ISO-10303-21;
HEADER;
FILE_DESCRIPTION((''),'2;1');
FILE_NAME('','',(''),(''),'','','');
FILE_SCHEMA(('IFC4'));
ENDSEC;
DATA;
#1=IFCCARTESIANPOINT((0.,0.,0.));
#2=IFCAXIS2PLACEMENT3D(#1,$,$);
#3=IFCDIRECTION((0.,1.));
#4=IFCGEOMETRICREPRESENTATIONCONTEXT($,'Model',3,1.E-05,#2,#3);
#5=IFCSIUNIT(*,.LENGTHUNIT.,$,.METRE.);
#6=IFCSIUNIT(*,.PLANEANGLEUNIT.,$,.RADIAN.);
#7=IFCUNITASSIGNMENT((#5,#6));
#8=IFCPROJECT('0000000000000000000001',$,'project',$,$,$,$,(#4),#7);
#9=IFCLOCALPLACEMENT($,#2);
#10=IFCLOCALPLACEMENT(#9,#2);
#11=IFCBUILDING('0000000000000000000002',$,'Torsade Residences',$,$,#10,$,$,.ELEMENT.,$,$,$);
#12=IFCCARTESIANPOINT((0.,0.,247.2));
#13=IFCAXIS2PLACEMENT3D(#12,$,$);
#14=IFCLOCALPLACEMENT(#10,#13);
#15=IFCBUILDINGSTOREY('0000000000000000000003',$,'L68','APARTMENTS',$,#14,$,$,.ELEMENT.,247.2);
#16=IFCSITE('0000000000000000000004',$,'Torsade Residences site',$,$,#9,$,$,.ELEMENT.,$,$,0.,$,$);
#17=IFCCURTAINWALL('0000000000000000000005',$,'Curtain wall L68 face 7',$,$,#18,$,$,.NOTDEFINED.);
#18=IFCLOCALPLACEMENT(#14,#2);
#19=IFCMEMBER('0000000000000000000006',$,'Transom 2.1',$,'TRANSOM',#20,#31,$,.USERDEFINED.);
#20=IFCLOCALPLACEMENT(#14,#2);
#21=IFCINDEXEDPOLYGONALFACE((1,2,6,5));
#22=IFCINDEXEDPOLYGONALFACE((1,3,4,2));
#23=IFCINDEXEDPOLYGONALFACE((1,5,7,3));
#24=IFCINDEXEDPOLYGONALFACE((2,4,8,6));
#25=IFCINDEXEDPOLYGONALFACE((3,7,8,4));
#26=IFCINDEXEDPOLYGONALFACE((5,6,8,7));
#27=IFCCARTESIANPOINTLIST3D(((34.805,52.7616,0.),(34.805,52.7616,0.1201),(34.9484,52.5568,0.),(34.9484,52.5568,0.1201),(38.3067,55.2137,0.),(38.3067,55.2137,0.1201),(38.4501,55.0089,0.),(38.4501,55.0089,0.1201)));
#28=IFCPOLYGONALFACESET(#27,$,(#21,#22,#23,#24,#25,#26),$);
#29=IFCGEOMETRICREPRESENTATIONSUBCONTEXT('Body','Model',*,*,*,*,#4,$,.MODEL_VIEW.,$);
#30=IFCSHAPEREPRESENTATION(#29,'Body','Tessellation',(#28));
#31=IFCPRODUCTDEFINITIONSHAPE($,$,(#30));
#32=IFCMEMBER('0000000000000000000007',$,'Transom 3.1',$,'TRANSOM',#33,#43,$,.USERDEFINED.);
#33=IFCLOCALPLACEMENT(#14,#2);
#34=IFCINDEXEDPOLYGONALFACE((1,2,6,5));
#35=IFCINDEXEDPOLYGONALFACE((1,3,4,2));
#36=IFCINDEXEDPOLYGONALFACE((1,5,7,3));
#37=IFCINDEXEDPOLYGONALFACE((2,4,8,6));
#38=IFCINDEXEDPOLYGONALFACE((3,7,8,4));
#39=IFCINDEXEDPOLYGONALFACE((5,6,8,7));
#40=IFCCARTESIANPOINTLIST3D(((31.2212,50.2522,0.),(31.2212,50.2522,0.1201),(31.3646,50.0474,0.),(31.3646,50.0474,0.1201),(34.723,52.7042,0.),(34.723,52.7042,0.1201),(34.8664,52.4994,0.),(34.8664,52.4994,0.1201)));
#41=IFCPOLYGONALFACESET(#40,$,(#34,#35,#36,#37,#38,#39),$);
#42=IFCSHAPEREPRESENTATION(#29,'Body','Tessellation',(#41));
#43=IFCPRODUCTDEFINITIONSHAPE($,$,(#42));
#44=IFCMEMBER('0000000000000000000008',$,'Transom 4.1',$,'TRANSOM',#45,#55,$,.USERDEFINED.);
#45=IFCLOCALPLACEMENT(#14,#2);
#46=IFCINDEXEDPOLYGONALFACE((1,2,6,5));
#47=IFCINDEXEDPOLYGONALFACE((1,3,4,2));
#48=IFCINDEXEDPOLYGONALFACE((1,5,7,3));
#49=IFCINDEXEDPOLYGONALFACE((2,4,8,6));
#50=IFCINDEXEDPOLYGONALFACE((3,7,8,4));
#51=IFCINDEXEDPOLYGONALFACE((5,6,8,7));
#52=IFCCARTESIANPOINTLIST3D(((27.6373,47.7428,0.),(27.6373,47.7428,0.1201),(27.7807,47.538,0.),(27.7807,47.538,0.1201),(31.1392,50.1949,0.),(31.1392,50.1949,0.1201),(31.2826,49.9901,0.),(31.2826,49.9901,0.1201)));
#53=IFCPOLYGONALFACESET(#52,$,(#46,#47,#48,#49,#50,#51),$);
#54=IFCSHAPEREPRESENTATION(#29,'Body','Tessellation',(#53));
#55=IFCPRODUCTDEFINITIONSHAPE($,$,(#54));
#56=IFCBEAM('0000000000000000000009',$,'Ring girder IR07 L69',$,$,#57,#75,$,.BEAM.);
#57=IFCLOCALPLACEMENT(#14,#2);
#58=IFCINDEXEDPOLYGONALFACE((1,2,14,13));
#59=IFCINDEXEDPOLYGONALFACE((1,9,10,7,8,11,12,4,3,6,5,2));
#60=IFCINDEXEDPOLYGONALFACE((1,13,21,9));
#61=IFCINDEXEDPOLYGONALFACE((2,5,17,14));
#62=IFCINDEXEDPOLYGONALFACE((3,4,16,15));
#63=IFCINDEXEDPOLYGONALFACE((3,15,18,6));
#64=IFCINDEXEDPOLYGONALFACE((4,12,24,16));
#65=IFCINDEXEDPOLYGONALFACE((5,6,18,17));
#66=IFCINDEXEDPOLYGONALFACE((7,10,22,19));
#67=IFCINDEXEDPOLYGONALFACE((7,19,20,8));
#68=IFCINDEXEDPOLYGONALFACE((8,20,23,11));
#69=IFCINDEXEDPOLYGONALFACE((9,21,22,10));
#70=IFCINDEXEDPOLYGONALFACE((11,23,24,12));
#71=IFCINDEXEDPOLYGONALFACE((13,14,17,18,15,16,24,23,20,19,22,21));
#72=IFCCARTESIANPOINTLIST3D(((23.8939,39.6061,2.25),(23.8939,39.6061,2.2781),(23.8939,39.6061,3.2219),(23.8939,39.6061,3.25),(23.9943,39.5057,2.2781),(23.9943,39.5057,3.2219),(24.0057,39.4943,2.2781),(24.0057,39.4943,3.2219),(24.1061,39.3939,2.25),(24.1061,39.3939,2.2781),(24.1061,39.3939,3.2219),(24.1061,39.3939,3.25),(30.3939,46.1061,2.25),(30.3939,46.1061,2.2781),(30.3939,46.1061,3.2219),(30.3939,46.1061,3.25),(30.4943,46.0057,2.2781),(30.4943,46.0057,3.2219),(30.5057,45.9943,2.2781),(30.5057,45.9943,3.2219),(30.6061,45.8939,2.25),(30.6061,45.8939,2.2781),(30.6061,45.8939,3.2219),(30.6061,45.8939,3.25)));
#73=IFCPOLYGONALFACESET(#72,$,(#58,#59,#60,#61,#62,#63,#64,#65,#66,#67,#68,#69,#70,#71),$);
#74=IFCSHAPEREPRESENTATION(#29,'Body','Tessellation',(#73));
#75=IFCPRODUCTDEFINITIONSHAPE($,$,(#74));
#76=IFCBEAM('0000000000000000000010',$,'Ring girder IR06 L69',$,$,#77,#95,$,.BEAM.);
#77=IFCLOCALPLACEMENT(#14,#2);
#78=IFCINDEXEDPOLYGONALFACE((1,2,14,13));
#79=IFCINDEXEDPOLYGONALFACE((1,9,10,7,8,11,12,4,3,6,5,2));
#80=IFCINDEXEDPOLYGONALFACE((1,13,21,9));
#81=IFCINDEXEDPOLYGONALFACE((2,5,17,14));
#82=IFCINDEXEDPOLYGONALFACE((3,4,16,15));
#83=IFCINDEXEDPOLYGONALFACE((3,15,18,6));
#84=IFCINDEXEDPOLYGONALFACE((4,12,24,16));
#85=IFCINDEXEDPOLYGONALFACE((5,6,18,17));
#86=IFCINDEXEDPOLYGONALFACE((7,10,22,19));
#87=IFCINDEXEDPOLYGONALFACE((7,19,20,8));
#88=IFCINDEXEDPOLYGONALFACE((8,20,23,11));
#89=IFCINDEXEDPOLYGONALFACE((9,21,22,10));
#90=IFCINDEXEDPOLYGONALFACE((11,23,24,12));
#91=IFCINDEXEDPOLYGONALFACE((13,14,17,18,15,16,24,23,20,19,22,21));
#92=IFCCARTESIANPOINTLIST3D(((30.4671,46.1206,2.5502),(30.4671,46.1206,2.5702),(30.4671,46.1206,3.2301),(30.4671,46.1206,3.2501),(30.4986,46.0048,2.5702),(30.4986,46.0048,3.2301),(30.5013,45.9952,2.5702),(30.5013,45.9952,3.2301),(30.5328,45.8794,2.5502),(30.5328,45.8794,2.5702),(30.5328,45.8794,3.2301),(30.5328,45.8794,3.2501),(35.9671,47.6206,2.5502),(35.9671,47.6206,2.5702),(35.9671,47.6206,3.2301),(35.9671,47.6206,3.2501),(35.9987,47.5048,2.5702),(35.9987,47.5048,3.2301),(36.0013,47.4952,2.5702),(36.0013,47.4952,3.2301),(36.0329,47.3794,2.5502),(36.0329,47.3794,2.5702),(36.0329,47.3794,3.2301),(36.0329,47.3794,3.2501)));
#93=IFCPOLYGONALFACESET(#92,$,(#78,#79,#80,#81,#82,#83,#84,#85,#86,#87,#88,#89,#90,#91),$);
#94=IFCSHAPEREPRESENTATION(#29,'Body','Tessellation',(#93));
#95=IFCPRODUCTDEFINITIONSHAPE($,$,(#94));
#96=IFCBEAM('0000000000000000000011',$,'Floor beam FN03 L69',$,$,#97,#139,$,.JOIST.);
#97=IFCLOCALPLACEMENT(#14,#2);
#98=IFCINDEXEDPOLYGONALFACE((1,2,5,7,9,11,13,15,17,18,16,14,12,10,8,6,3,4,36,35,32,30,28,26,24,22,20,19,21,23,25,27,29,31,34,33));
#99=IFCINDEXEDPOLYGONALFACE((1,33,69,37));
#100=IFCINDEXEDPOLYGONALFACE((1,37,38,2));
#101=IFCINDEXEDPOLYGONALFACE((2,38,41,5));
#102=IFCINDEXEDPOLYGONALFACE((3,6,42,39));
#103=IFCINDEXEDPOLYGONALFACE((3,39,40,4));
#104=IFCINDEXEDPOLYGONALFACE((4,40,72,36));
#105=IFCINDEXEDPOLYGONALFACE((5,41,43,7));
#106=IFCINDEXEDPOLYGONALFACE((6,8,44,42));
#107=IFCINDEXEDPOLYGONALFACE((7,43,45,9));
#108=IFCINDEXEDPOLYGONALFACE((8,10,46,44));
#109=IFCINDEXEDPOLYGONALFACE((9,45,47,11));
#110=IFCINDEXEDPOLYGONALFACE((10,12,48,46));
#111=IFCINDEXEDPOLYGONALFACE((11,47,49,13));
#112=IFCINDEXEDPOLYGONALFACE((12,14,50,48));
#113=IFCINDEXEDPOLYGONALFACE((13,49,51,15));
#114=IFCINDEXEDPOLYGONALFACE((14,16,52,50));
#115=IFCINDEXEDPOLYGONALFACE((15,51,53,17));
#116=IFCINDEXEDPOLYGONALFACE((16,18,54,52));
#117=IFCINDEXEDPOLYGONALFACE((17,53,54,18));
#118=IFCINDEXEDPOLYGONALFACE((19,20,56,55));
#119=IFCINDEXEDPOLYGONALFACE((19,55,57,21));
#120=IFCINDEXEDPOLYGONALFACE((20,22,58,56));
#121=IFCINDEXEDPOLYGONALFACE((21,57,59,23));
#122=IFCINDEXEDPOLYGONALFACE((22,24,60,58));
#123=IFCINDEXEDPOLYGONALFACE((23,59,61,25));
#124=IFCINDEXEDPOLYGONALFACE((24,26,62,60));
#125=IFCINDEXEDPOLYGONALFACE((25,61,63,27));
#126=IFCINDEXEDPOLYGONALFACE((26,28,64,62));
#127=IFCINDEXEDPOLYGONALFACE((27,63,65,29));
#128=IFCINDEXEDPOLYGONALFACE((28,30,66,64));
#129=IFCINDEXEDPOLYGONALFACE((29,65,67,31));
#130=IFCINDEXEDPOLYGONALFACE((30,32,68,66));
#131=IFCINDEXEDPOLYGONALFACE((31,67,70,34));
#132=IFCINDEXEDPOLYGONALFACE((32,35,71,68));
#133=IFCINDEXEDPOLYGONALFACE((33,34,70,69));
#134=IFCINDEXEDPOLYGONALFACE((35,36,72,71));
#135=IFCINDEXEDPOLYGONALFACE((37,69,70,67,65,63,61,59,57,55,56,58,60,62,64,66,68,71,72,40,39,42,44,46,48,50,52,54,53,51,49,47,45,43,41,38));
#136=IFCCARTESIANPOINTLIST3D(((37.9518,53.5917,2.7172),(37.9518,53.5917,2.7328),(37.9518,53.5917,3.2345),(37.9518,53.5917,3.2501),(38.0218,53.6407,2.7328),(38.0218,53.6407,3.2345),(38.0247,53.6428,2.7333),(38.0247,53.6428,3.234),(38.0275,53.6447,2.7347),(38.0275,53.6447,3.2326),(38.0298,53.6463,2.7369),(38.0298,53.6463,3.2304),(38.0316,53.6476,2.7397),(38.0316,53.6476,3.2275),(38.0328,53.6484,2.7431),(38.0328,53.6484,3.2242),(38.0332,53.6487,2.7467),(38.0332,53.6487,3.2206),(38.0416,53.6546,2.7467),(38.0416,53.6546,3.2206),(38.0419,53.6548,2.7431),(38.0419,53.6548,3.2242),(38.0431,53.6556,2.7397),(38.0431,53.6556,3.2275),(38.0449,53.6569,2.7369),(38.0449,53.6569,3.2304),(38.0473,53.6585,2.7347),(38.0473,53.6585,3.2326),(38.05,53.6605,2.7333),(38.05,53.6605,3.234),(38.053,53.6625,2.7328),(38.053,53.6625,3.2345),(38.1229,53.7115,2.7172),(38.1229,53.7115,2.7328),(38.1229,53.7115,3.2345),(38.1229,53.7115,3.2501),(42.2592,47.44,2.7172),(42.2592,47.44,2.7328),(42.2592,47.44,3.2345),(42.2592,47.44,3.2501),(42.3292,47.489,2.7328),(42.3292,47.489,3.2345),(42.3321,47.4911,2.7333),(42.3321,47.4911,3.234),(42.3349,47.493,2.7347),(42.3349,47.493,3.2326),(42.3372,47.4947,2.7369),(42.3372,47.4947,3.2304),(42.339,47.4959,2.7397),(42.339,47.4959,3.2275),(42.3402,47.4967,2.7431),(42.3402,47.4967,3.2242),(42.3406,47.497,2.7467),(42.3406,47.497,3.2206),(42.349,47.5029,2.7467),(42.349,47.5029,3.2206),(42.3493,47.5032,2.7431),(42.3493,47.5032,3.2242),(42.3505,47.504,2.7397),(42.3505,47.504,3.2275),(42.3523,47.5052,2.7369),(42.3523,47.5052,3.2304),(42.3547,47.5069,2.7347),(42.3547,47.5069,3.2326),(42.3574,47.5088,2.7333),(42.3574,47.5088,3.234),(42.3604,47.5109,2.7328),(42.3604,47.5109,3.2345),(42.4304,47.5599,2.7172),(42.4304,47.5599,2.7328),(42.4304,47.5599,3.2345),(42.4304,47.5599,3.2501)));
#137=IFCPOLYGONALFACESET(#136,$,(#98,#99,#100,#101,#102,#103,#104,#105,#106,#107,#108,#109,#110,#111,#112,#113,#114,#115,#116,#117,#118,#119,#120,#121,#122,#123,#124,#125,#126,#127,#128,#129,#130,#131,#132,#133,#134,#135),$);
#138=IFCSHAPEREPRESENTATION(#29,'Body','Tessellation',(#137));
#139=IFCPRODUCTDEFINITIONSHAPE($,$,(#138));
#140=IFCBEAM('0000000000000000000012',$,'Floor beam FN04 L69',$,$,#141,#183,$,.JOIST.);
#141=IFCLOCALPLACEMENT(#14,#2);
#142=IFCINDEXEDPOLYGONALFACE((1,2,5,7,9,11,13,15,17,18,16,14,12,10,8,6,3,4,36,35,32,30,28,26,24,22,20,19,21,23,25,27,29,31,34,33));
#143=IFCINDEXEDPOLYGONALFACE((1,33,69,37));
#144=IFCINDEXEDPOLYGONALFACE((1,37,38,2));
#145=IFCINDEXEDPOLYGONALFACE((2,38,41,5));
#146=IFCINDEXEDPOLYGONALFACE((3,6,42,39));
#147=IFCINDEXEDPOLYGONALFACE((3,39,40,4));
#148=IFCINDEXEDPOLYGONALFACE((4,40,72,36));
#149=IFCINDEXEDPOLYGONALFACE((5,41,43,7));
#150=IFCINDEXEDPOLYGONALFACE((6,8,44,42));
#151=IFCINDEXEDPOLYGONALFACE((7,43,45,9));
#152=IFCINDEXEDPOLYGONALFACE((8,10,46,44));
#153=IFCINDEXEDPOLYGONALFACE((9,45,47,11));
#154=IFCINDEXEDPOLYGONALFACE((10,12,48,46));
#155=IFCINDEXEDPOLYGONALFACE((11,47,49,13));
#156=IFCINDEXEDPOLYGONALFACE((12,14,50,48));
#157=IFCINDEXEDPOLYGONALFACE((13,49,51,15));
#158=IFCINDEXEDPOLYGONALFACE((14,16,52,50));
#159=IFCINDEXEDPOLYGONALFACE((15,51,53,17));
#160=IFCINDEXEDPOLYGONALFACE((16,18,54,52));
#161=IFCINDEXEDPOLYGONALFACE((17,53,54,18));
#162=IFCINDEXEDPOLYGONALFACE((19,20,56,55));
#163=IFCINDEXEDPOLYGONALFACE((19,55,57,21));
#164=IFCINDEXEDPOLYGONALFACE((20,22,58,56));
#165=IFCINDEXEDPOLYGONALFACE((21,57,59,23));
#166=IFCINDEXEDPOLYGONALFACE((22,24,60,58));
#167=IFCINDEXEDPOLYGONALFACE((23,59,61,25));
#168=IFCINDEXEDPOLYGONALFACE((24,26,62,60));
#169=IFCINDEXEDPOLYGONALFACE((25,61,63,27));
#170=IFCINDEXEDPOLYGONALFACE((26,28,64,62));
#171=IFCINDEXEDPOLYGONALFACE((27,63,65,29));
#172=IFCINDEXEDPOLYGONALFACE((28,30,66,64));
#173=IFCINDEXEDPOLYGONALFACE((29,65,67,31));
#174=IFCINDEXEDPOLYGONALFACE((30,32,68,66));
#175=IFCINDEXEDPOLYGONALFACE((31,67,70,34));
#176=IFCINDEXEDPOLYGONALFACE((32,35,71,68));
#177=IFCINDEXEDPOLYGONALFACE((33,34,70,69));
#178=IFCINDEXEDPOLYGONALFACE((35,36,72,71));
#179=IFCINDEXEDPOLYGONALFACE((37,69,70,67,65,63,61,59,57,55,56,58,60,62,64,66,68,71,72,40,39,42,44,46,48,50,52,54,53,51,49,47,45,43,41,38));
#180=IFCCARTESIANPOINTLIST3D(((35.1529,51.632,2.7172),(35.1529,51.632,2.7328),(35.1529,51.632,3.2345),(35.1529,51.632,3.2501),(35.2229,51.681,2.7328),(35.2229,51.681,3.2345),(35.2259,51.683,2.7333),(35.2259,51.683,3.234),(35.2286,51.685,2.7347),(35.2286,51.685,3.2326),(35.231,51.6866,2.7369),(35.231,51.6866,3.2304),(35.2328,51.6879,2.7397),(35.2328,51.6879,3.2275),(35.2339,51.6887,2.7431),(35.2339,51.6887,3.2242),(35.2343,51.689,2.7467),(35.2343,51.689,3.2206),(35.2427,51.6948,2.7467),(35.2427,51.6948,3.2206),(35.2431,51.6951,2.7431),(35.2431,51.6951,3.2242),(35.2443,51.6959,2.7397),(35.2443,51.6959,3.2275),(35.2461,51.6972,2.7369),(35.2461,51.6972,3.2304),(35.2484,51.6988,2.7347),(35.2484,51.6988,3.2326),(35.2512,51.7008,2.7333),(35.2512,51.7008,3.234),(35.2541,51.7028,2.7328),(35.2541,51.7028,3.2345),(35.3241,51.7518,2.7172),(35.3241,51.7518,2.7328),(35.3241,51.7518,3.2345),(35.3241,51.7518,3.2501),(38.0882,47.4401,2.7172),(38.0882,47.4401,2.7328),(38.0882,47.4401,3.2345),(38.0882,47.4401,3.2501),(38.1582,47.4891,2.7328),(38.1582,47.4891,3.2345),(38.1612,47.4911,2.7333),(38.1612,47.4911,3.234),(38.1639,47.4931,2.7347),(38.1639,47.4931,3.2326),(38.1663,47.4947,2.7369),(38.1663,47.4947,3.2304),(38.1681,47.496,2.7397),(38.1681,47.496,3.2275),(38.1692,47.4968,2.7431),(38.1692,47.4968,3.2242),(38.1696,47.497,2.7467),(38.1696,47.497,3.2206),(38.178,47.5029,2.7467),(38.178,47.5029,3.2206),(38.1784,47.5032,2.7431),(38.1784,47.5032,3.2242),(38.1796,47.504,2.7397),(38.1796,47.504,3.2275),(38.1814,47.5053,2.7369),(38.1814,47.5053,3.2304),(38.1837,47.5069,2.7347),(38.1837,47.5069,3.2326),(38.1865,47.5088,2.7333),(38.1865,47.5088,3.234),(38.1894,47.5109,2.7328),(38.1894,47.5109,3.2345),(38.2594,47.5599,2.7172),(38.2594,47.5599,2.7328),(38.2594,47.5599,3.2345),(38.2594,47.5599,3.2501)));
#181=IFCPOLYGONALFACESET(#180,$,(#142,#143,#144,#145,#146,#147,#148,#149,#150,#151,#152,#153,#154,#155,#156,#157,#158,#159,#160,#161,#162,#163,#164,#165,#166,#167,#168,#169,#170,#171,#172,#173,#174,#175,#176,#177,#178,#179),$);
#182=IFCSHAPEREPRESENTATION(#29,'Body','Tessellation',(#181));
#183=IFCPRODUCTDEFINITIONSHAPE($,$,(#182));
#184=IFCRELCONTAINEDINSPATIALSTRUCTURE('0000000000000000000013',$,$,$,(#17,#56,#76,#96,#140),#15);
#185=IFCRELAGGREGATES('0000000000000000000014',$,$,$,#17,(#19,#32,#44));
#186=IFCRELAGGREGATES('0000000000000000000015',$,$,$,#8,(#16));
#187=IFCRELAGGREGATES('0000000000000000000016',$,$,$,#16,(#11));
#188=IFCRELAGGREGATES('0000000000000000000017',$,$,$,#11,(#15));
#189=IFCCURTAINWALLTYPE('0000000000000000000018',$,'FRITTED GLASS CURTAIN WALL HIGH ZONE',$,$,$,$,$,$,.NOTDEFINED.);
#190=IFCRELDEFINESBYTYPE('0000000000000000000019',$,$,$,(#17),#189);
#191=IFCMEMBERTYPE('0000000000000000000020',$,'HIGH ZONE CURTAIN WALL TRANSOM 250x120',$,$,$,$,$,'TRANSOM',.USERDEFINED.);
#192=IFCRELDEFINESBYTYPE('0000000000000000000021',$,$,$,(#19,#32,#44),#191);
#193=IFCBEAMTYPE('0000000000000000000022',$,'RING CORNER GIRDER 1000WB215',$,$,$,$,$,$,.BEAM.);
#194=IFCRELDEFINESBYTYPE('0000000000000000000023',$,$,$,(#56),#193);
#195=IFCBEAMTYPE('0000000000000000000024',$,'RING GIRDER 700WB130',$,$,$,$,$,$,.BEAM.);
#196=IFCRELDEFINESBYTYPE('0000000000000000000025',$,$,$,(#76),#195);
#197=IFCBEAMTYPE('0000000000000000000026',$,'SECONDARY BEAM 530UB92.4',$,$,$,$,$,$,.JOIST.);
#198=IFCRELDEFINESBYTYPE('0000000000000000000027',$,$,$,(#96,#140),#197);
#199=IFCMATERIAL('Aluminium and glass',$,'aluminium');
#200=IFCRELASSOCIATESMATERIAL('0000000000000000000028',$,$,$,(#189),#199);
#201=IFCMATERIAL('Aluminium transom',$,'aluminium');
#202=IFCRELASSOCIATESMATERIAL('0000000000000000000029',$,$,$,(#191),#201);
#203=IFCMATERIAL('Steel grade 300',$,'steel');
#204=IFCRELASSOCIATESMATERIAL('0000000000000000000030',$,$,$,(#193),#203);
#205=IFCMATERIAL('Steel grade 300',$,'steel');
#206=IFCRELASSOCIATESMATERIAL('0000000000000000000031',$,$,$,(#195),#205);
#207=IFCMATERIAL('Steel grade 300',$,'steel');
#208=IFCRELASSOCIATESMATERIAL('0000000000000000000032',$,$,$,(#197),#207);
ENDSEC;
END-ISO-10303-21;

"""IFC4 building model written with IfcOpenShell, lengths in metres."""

from ifc_helpers import new_model, si_unit, direction, frame, origin, origin_2d, place, context, subcontext, project, spatial, rectangle, i_section, extrude, material, material_profile, profile_set, type_object, element, aggregate, save


model = new_model("IFC4")

# Units and contexts
model_context = context("Model", 3, precision=1e-05, world=origin(), true_north=direction((0.0, 1.0)))
body_context = subcontext(model_context, "Body", "Model", "MODEL_VIEW")
ifc_project = project(units=[si_unit("LENGTHUNIT", "METRE"), si_unit("PLANEANGLEUNIT", "RADIAN")], contexts=[model_context])

# Site, building, storey
site_placement = place(None, origin())
site = spatial("IfcSite", under=ifc_project, at=site_placement, Name="Torsade Residences site", CompositionType="ELEMENT", RefElevation=0.0)
building_placement = place(site_placement, origin())
building = spatial("IfcBuilding", under=site, at=building_placement, Name="Torsade Residences", CompositionType="ELEMENT")
storey_placement = place(building_placement, frame((0.0, 0.0, 247.2)))
storey = spatial("IfcBuildingStorey", under=building, at=storey_placement, Name="L68", Description="APARTMENTS", CompositionType="ELEMENT", Elevation=247.2)

# Curtain wall, members
ifc_material_1 = material(Name="Aluminium and glass", Category="aluminium")
curtain_wall_type = type_object("IfcCurtainWallType", Name="FRITTED GLASS CURTAIN WALL HIGH ZONE", PredefinedType="NOTDEFINED", material=ifc_material_1)
curtain_wall_placement = place(storey_placement, origin())
curtain_wall = element("IfcCurtainWall", 1, at=curtain_wall_placement, inside=storey, type_object=curtain_wall_type, Name="Curtain wall L68 face 7", PredefinedType="NOTDEFINED")
ifc_material_2 = material(Name="Aluminium transom", Category="aluminium")
ifc_material_profile_1 = material_profile(ifc_material_2, rectangle(XDim=0.25, YDim=0.1201, at=origin_2d()), Name="HIGH ZONE CURTAIN WALL TRANSOM 250x120")
ifc_profile_set_1 = profile_set([ifc_material_profile_1], Name="Aluminium transom")
member_type_1 = type_object("IfcMemberType", Name="HIGH ZONE CURTAIN WALL TRANSOM 250x120", ElementType="TRANSOM", PredefinedType="USERDEFINED", material=ifc_profile_set_1)
member_1_placement = place(storey_placement, frame((38.3784, 55.1113, 0.0601), z_axis=(-0.819127, -0.573612, 0.0), x_axis=(0.573612, -0.819127, 0.0)))
member_1 = element("IfcMember", 2, at=member_1_placement, type_object=member_type_1, Name="Transom 2.1", ObjectType="TRANSOM", PredefinedType="USERDEFINED", context=body_context, shape_type="SweptSolid", body=[
    extrude(rectangle(XDim=0.25, YDim=0.1201, at=origin_2d()), origin(), (0.0, 0.0, 1.0), 4.2749),
])
member_2_placement = place(storey_placement, frame((34.7947, 52.6018, 0.0601), z_axis=(-0.819154, -0.573573, 0.0), x_axis=(0.573573, -0.819154, 0.0)))
member_2 = element("IfcMember", 3, at=member_2_placement, type_object=member_type_1, Name="Transom 3.1", ObjectType="TRANSOM", PredefinedType="USERDEFINED", context=body_context, shape_type="SweptSolid", body=[
    extrude(rectangle(XDim=0.25, YDim=0.1201, at=origin_2d()), origin(), (0.0, 0.0, 1.0), 4.2749),
])
member_3_placement = place(storey_placement, frame((31.2109, 50.0925, 0.0601), z_axis=(-0.819146, -0.573585, 0.0), x_axis=(0.573585, -0.819146, 0.0)))
member_3 = element("IfcMember", 4, at=member_3_placement, type_object=member_type_1, Name="Transom 4.1", ObjectType="TRANSOM", PredefinedType="USERDEFINED", context=body_context, shape_type="SweptSolid", body=[
    extrude(rectangle(XDim=0.25, YDim=0.1201, at=origin_2d()), origin(), (0.0, 0.0, 1.0), 4.2751),
])

# Beams
ifc_material_3 = material(Name="Steel grade 300", Category="steel")
ifc_material_profile_2 = material_profile(ifc_material_3, i_section(OverallWidth=0.3, OverallDepth=1.0, WebThickness=0.0161, FlangeThickness=0.0281, at=origin_2d()), Name="1000WB215")
ifc_profile_set_2 = profile_set([ifc_material_profile_2], Name="Steel grade 300")
beam_type_1 = type_object("IfcBeamType", Name="RING CORNER GIRDER 1000WB215", PredefinedType="BEAM", material=ifc_profile_set_2)
beam_1_placement = place(storey_placement, frame((30.5, 46.0, 2.75), z_axis=(-0.707107, -0.707107, 0.0), x_axis=(0.707107, -0.707107, 0.0)))
element("IfcBeam", 5, at=beam_1_placement, inside=storey, type_object=beam_type_1, Name="Ring girder IR07 L69", PredefinedType="BEAM", context=body_context, shape_type="SweptSolid", body=[
    extrude(i_section(OverallWidth=0.3, OverallDepth=1.0, WebThickness=0.0161, FlangeThickness=0.0281, at=origin_2d()), origin(), (0.0, 0.0, 1.0), 9.1924),
])
ifc_material_4 = material(Name="Steel grade 300", Category="steel")
ifc_material_profile_3 = material_profile(ifc_material_4, i_section(OverallWidth=0.25, OverallDepth=0.7, WebThickness=0.01, FlangeThickness=0.02, at=origin_2d()), Name="700WB130")
ifc_profile_set_3 = profile_set([ifc_material_profile_3], Name="Steel grade 300")
beam_type_2 = type_object("IfcBeamType", Name="RING GIRDER 700WB130", PredefinedType="BEAM", material=ifc_profile_set_3)
beam_2_placement = place(storey_placement, frame((36.0, 47.5, 2.9001), z_axis=(-0.964764, -0.263117, 0.0), x_axis=(0.263117, -0.964764, 0.0)))
element("IfcBeam", 6, at=beam_2_placement, inside=storey, type_object=beam_type_2, Name="Ring girder IR06 L69", PredefinedType="BEAM", context=body_context, shape_type="SweptSolid", body=[
    extrude(i_section(OverallWidth=0.25, OverallDepth=0.7, WebThickness=0.01, FlangeThickness=0.02, at=origin_2d()), origin(), (0.0, 0.0, 1.0), 5.7009),
])
ifc_material_5 = material(Name="Steel grade 300", Category="steel")
ifc_material_profile_4 = material_profile(ifc_material_5, i_section(OverallWidth=0.209, OverallDepth=0.533, WebThickness=0.0103, FlangeThickness=0.0156, FilletRadius=0.0139, at=origin_2d()), Name="530UB92.4")
ifc_profile_set_4 = profile_set([ifc_material_profile_4], Name="Steel grade 300")
beam_type_3 = type_object("IfcBeamType", Name="SECONDARY BEAM 530UB92.4", PredefinedType="JOIST", material=ifc_profile_set_4)
beam_3_placement = place(storey_placement, frame((38.0374, 53.6516, 2.9836), z_axis=(0.573574, -0.819154, 0.0), x_axis=(0.819154, 0.573574, 0.0)))
element("IfcBeam", 7, at=beam_3_placement, inside=storey, type_object=beam_type_3, Name="Floor beam FN03 L69", PredefinedType="JOIST", context=body_context, shape_type="SweptSolid", body=[
    extrude(i_section(OverallWidth=0.209, OverallDepth=0.533, WebThickness=0.0103, FlangeThickness=0.0156, FilletRadius=0.0139, at=origin_2d()), origin(), (0.0, 0.0, 1.0), 7.5098),
])
beam_4_placement = place(storey_placement, frame((35.2385, 51.6919, 2.9836), z_axis=(0.57359, -0.819142, 0.0), x_axis=(0.819142, 0.57359, 0.0)))
element("IfcBeam", 8, at=beam_4_placement, inside=storey, type_object=beam_type_3, Name="Floor beam FN04 L69", PredefinedType="JOIST", context=body_context, shape_type="SweptSolid", body=[
    extrude(i_section(OverallWidth=0.209, OverallDepth=0.533, WebThickness=0.0103, FlangeThickness=0.0156, FilletRadius=0.0139, at=origin_2d()), origin(), (0.0, 0.0, 1.0), 5.1174),
])

aggregate(curtain_wall, [member_1, member_2, member_3])

save(model, "model.ifc")
